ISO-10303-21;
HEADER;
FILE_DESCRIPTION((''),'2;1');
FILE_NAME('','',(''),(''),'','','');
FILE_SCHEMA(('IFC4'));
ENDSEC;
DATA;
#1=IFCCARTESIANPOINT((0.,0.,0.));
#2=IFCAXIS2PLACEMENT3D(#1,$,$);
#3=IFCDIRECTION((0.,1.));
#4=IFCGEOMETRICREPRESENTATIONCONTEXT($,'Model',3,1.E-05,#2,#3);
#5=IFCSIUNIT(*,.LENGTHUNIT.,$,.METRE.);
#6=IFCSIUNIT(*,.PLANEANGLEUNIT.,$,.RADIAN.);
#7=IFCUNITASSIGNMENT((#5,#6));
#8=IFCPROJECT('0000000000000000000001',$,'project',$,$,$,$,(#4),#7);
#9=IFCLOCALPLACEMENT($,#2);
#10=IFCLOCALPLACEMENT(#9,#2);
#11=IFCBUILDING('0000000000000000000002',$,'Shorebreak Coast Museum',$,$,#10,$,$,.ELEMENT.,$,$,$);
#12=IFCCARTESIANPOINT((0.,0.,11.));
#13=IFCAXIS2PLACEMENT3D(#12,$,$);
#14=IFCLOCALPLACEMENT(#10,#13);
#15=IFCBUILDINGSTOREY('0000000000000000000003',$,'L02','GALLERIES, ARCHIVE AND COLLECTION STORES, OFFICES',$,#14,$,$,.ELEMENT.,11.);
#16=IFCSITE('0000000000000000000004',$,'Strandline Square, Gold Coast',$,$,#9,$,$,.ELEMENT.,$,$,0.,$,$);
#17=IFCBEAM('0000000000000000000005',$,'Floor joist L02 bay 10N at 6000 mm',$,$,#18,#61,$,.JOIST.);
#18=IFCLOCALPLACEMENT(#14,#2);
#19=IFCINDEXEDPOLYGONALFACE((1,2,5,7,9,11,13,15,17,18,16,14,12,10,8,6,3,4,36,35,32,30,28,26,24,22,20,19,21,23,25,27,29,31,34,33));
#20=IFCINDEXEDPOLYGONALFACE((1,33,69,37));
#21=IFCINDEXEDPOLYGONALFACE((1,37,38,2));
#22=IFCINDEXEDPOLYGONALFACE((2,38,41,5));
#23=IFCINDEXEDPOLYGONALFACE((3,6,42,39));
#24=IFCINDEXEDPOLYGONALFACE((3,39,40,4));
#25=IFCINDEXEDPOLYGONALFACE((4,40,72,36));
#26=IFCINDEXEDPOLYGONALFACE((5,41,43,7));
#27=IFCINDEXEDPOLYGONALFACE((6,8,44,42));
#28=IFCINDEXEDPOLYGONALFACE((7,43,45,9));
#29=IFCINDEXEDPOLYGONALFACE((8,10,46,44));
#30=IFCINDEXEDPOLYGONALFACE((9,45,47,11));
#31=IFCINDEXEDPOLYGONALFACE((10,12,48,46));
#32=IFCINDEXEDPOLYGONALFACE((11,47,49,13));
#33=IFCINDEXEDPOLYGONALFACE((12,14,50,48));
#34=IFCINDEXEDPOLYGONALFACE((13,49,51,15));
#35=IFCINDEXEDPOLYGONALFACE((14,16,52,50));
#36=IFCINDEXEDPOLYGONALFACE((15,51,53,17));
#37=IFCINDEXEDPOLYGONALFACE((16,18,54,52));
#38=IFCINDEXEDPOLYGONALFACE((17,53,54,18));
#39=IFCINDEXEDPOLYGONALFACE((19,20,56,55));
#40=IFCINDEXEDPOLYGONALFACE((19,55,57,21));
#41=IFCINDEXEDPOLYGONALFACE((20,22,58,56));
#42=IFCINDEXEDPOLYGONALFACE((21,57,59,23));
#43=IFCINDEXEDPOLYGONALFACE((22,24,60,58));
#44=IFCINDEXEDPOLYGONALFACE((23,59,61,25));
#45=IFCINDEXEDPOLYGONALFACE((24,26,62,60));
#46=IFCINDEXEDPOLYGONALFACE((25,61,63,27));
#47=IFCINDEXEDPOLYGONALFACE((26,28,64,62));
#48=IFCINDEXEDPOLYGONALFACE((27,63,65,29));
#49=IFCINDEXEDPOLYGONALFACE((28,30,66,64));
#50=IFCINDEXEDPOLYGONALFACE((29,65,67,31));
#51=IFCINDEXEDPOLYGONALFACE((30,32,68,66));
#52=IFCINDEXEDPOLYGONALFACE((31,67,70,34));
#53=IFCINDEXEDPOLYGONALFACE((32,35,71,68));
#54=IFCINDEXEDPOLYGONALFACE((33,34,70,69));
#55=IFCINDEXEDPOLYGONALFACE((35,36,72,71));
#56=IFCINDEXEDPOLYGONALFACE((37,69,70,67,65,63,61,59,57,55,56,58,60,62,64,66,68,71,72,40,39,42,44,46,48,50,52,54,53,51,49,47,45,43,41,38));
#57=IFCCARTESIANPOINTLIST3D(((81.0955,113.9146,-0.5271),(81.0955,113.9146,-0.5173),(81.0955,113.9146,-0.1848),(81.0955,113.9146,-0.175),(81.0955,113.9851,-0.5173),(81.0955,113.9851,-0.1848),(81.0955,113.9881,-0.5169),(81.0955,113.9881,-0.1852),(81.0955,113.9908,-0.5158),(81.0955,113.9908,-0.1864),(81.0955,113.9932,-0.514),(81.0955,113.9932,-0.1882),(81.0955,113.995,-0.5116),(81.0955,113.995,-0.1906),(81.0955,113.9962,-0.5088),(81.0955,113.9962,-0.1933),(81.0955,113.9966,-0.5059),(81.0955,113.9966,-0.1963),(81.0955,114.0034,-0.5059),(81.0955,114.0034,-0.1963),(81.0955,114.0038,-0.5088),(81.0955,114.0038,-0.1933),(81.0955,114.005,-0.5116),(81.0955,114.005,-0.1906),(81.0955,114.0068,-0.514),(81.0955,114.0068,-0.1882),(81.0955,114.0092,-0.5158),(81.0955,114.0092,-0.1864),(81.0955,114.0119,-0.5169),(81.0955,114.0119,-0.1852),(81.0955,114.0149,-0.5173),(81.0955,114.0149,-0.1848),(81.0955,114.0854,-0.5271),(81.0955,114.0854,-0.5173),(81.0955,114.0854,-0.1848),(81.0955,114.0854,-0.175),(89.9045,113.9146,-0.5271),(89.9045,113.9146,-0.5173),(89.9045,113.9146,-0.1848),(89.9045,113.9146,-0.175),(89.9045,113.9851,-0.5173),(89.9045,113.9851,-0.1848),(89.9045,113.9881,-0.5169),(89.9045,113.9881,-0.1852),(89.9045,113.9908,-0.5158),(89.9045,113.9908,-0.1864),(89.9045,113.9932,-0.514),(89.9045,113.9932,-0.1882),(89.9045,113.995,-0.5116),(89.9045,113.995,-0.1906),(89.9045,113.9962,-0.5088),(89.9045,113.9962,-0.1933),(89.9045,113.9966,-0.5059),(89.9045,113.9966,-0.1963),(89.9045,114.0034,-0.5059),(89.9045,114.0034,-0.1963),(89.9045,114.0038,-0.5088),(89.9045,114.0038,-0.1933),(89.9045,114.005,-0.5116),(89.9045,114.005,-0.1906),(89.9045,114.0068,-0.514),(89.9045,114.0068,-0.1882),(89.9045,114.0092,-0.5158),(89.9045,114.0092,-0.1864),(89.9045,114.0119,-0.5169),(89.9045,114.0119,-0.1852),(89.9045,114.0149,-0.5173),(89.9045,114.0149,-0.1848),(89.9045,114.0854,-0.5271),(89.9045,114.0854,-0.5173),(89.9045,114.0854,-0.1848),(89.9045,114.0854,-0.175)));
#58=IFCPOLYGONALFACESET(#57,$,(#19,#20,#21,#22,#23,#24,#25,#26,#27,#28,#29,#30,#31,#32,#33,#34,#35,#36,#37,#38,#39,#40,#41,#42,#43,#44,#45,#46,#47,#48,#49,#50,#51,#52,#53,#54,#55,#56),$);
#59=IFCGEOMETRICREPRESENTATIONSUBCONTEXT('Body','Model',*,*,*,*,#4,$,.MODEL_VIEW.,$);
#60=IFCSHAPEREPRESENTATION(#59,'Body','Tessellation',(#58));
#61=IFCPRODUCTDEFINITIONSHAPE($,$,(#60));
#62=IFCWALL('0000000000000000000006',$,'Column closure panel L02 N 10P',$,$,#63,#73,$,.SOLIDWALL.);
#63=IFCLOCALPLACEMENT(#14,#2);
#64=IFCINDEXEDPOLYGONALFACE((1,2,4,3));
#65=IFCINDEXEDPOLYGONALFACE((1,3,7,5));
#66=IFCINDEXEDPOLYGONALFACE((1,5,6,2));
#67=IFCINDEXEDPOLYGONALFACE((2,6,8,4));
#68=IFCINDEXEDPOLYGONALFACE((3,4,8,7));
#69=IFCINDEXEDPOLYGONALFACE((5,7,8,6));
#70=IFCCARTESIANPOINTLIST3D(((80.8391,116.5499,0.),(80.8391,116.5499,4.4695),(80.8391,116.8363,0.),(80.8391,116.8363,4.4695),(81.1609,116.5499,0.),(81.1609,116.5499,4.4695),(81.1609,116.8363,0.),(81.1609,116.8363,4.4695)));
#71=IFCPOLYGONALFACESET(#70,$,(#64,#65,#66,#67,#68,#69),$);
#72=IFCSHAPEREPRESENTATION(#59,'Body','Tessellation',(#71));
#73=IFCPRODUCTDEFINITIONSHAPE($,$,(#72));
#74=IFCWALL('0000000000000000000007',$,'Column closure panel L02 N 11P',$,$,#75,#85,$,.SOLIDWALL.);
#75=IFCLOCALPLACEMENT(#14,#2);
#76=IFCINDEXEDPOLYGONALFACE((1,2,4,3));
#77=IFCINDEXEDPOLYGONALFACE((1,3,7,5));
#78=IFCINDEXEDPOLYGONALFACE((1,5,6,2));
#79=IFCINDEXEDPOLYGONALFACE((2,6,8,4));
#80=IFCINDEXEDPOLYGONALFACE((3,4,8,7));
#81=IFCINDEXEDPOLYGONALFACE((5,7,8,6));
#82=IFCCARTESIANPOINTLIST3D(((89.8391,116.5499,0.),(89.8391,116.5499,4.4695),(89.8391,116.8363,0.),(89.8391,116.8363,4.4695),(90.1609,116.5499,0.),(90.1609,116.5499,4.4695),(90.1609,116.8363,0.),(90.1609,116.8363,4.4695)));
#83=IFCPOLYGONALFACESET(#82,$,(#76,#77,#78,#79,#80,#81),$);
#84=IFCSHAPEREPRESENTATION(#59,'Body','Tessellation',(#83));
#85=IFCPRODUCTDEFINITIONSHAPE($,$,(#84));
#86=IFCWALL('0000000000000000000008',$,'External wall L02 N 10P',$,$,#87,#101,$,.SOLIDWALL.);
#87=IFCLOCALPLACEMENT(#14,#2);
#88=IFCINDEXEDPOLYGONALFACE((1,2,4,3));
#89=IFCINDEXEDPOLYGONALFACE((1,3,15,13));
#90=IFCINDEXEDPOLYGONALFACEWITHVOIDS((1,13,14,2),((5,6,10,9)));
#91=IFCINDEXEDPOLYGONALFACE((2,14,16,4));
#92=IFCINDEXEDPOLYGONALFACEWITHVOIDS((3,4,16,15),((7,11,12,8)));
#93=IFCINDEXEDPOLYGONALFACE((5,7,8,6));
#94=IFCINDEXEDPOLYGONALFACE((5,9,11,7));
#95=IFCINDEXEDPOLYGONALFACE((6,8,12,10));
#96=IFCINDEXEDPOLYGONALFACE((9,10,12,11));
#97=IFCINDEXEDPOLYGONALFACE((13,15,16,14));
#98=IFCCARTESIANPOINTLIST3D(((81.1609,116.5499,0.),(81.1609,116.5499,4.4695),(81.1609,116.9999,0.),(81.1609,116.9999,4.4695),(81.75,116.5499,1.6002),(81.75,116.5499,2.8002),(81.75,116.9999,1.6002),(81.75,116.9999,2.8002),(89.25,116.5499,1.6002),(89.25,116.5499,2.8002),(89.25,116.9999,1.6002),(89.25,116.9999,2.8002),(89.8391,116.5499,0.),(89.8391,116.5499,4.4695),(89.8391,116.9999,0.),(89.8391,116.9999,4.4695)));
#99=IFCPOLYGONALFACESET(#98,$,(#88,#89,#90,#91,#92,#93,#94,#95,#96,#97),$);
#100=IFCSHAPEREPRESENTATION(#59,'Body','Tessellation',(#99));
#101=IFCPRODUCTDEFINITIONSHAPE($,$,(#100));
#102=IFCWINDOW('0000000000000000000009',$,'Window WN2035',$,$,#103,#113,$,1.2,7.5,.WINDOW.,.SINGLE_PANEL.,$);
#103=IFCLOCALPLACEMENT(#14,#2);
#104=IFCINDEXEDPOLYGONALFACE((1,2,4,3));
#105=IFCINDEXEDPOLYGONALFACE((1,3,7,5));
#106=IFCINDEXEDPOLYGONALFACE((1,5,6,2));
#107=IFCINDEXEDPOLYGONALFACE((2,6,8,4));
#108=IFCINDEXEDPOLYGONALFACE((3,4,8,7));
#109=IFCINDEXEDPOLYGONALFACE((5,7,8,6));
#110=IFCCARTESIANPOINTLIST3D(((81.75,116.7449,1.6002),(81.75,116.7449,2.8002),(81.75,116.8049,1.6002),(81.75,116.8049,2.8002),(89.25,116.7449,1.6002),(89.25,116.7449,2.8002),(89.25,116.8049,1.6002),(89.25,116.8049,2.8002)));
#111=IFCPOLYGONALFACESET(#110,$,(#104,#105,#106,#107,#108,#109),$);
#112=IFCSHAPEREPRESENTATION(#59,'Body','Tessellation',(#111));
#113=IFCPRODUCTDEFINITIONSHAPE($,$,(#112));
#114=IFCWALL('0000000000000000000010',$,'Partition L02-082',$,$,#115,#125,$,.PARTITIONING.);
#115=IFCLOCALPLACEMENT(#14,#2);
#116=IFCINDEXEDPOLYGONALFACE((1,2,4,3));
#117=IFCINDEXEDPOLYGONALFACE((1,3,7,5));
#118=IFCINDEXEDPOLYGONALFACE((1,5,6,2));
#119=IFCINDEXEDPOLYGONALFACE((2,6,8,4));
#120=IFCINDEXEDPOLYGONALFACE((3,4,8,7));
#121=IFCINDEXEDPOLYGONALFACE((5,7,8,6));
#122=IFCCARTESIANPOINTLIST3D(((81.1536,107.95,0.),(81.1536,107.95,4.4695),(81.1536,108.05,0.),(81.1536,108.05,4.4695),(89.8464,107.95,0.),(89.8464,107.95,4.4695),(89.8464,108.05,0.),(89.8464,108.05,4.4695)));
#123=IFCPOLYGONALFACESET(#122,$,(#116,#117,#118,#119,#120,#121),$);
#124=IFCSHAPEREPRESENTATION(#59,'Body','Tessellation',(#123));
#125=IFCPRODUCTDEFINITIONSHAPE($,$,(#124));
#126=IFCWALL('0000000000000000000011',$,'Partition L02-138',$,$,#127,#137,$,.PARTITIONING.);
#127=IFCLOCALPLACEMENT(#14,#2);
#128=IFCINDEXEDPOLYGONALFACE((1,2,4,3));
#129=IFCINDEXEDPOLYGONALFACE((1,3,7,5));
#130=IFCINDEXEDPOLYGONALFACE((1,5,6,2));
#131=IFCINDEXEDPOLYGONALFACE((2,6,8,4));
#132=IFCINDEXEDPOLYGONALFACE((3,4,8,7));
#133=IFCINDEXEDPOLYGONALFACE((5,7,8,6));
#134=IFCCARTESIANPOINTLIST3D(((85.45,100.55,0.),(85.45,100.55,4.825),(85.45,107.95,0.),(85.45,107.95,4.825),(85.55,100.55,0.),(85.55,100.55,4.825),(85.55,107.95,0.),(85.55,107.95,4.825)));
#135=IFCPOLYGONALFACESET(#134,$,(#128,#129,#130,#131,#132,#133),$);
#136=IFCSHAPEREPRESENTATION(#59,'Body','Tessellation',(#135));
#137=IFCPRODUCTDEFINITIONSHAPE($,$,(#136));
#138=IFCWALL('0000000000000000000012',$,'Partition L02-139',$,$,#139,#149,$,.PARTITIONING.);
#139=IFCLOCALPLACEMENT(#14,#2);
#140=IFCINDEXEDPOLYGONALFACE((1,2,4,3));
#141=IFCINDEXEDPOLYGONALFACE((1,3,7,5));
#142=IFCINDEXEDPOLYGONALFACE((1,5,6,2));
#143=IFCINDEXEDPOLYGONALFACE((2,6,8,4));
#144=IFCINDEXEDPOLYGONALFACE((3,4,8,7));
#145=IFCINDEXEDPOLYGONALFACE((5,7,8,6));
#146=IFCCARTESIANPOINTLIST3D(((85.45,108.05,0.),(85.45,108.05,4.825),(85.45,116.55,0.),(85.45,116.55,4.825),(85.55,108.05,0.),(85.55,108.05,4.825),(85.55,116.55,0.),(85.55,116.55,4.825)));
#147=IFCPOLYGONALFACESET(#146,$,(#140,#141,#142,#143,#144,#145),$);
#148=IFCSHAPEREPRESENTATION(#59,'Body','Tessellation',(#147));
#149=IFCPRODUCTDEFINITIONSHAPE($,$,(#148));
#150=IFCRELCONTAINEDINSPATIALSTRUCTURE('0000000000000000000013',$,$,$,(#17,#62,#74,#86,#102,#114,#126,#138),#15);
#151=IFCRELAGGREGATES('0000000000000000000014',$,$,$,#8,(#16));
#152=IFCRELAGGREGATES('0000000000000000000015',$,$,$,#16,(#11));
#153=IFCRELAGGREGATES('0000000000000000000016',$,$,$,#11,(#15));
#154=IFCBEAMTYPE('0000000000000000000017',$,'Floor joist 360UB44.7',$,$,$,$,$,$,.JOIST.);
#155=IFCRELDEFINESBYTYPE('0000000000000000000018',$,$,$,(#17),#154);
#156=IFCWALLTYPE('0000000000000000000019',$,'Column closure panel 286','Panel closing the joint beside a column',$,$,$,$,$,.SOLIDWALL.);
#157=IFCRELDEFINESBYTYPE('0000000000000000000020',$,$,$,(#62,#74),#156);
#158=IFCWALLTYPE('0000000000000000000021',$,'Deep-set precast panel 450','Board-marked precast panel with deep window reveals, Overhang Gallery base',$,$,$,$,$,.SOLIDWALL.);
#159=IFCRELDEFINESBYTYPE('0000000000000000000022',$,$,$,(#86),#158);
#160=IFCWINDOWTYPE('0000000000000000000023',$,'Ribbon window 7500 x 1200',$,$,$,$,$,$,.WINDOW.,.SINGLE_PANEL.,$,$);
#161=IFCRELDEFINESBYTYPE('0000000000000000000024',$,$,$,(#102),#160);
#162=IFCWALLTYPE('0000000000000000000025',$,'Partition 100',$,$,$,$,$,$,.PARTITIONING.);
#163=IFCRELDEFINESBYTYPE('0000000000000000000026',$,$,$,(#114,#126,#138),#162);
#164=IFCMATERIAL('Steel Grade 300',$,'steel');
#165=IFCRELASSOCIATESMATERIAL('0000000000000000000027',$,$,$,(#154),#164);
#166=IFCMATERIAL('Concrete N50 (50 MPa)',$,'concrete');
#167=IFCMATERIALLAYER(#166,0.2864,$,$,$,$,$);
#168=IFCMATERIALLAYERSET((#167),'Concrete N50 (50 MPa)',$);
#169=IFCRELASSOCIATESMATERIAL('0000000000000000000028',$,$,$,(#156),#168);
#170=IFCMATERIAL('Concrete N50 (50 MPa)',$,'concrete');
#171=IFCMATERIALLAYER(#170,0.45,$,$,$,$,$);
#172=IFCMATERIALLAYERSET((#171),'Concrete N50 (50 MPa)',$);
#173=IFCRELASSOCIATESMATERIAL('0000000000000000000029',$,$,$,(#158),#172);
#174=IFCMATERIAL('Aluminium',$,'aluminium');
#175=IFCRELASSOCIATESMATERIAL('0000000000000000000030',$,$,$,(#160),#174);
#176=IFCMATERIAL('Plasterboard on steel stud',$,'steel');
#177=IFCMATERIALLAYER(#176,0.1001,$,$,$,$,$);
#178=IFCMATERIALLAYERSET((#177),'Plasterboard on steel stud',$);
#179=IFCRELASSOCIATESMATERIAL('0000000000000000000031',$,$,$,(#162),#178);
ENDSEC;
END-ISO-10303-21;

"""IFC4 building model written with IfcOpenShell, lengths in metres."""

from ifc_helpers import new_model, si_unit, direction, frame, frame_2d, origin, origin_2d, place, context, subcontext, project, spatial, rectangle, i_section, extrude, material, layer, layer_set, material_profile, profile_set, type_object, element, fill, save


model = new_model("IFC4")

# Units and contexts
model_context = context("Model", 3, precision=1e-05, world=origin(), true_north=direction((0.0, 1.0)))
body_context = subcontext(model_context, "Body", "Model", "MODEL_VIEW")
ifc_project = project(units=[si_unit("LENGTHUNIT", "METRE"), si_unit("PLANEANGLEUNIT", "RADIAN")], contexts=[model_context])

# Site, building, storey
site_placement = place(None, origin())
site = spatial("IfcSite", under=ifc_project, at=site_placement, Name="Strandline Square, Gold Coast", CompositionType="ELEMENT", RefElevation=0.0)
building_placement = place(site_placement, origin())
building = spatial("IfcBuilding", under=site, at=building_placement, Name="Shorebreak Coast Museum", CompositionType="ELEMENT")
storey_placement = place(building_placement, frame((0.0, 0.0, 11.0)))
storey = spatial("IfcBuildingStorey", under=building, at=storey_placement, Name="L02", Description="GALLERIES, ARCHIVE AND COLLECTION STORES, OFFICES", CompositionType="ELEMENT", Elevation=11.0)

# Beam
ifc_material_1 = material(Name="Steel Grade 300", Category="steel")
ifc_material_profile_1 = material_profile(ifc_material_1, i_section(OverallWidth=0.1709, OverallDepth=0.3521, WebThickness=0.0068, FlangeThickness=0.0098, FilletRadius=0.0115, at=origin_2d()), Name="360UB44.7")
ifc_profile_set_1 = profile_set([ifc_material_profile_1], Name="Steel Grade 300")
beam_type_1 = type_object("IfcBeamType", Name="Floor joist 360UB44.7", PredefinedType="JOIST", material=ifc_profile_set_1)
for number, where, z_axis, x_axis, name in (
    (1, (81.0955, 114.0, -0.3511), (1.0, 0.0, 0.0), (0.0, 1.0, 0.0), "Floor joist L02 bay 10N at 6000 mm"),
):
    element("IfcBeam", number, at=place(storey_placement, frame(where, z_axis=z_axis, x_axis=x_axis)), inside=storey, type_object=beam_type_1, Name=name, PredefinedType="JOIST", context=body_context, shape_type="SweptSolid", body=[
        extrude(i_section(OverallWidth=0.1709, OverallDepth=0.3521, WebThickness=0.0068, FlangeThickness=0.0098, FilletRadius=0.0115, at=origin_2d()), origin(), (0.0, 0.0, 1.0), 8.8091),
    ])

# Walls
ifc_material_2 = material(Name="Concrete N50 (50 MPa)", Category="concrete")
ifc_layer_1 = layer(ifc_material_2, 0.2864)
ifc_layer_set_1 = layer_set([ifc_layer_1], Name="Concrete N50 (50 MPa)")
wall_type_1 = type_object("IfcWallType", Name="Column closure panel 286", Description="Panel closing the joint beside a column", PredefinedType="SOLIDWALL", material=ifc_layer_set_1)
for number, where, z_axis, x_axis, name in (
    (2, (80.8391, 116.6931, 0.0), (0.0, 0.0, 1.0), (1.0, 0.0, 0.0), "Column closure panel L02 N 10P"),
    (3, (89.8391, 116.6931, 0.0), (0.0, 0.0, 1.0), (1.0, 0.0, 0.0), "Column closure panel L02 N 11P"),
):
    element("IfcWall", number, at=place(storey_placement, frame(where, z_axis=z_axis, x_axis=x_axis)), inside=storey, type_object=wall_type_1, Name=name, PredefinedType="SOLIDWALL", context=body_context, shape_type="SweptSolid", body=[
        extrude(rectangle(XDim=0.3218, YDim=0.2864, at=frame_2d((0.1609, 0.0))), origin(), (0.0, 0.0, 1.0), 4.4695),
    ])

# Wall, opening, window
ifc_material_3 = material(Name="Concrete N50 (50 MPa)", Category="concrete")
ifc_layer_2 = layer(ifc_material_3, 0.45)
ifc_layer_set_2 = layer_set([ifc_layer_2], Name="Concrete N50 (50 MPa)")
wall_type_2 = type_object("IfcWallType", Name="Deep-set precast panel 450", Description="Board-marked precast panel with deep window reveals, Overhang Gallery base", PredefinedType="SOLIDWALL", material=ifc_layer_set_2)
wall_1_placement = place(storey_placement, frame((81.1609, 116.7749, 0.0), z_axis=(0.0, 0.0, 1.0), x_axis=(1.0, 0.0, 0.0)))
wall_1 = element("IfcWall", 4, at=wall_1_placement, inside=storey, type_object=wall_type_2, Name="External wall L02 N 10P", PredefinedType="SOLIDWALL", context=body_context, shape_type="SweptSolid", body=[
    extrude(rectangle(XDim=8.6782, YDim=0.45, at=frame_2d((4.3391, 0.0))), origin(), (0.0, 0.0, 1.0), 4.4695),
])
opening_placement = place(wall_1_placement, frame((0.5891, 0.0, 1.6001)))
opening = element("IfcOpeningElement", 5, at=opening_placement, cuts=wall_1, PredefinedType="OPENING", context=body_context, shape_type="SweptSolid", body=[
    extrude(rectangle(XDim=7.5, YDim=1.2, at=frame_2d((3.75, 0.6001))), frame((0.0, 0.2349, 0.0), z_axis=(0.0, -1.0, 0.0), x_axis=(1.0, 0.0, 0.0)), (0.0, 0.0, 1.0), 0.47),
])
ifc_material_4 = material(Name="Aluminium", Category="aluminium")
window_type = type_object("IfcWindowType", Name="Ribbon window 7500 x 1200", PartitioningType="SINGLE_PANEL", PredefinedType="WINDOW", material=ifc_material_4)
window_placement = place(opening_placement, origin())
window = element("IfcWindow", 6, at=window_placement, inside=storey, type_object=window_type, Name="Window WN2035", OverallHeight=1.2, OverallWidth=7.5, PartitioningType="SINGLE_PANEL", PredefinedType="WINDOW", context=body_context, shape_type="SweptSolid", body=[
    extrude(rectangle(XDim=7.5, YDim=1.2, at=frame_2d((3.75, 0.6001))), frame((0.0, 0.03, 0.0), z_axis=(0.0, -1.0, 0.0), x_axis=(1.0, 0.0, 0.0)), (0.0, 0.0, 1.0), 0.0601),
])
fill(opening, window)

# Walls
ifc_material_5 = material(Name="Plasterboard on steel stud", Category="steel")
ifc_layer_3 = layer(ifc_material_5, 0.1001)
ifc_layer_set_3 = layer_set([ifc_layer_3], Name="Plasterboard on steel stud")
wall_type_3 = type_object("IfcWallType", Name="Partition 100", PredefinedType="PARTITIONING", material=ifc_layer_set_3)
wall_2_placement = place(storey_placement, frame((81.1536, 108.0, 0.0), z_axis=(0.0, 0.0, 1.0), x_axis=(1.0, 0.0, 0.0)))
element("IfcWall", 7, at=wall_2_placement, inside=storey, type_object=wall_type_3, Name="Partition L02-082", PredefinedType="PARTITIONING", context=body_context, shape_type="SweptSolid", body=[
    extrude(rectangle(XDim=8.6929, YDim=0.1001, at=frame_2d((4.3464, 0.0))), origin(), (0.0, 0.0, 1.0), 4.4695),
])
wall_3_placement = place(storey_placement, frame((85.5, 100.55, 0.0), z_axis=(0.0, 0.0, 1.0), x_axis=(0.0, 1.0, 0.0)))
element("IfcWall", 8, at=wall_3_placement, inside=storey, type_object=wall_type_3, Name="Partition L02-138", PredefinedType="PARTITIONING", context=body_context, shape_type="SweptSolid", body=[
    extrude(rectangle(XDim=7.3999, YDim=0.1001, at=frame_2d((3.7, 0.0))), origin(), (0.0, 0.0, 1.0), 4.825),
])
wall_4_placement = place(storey_placement, frame((85.5, 108.05, 0.0), z_axis=(0.0, 0.0, 1.0), x_axis=(0.0, 1.0, 0.0)))
element("IfcWall", 9, at=wall_4_placement, inside=storey, type_object=wall_type_3, Name="Partition L02-139", PredefinedType="PARTITIONING", context=body_context, shape_type="SweptSolid", body=[
    extrude(rectangle(XDim=8.5, YDim=0.1001, at=frame_2d((4.25, 0.0))), origin(), (0.0, 0.0, 1.0), 4.825),
])

save(model, "model.ifc")
